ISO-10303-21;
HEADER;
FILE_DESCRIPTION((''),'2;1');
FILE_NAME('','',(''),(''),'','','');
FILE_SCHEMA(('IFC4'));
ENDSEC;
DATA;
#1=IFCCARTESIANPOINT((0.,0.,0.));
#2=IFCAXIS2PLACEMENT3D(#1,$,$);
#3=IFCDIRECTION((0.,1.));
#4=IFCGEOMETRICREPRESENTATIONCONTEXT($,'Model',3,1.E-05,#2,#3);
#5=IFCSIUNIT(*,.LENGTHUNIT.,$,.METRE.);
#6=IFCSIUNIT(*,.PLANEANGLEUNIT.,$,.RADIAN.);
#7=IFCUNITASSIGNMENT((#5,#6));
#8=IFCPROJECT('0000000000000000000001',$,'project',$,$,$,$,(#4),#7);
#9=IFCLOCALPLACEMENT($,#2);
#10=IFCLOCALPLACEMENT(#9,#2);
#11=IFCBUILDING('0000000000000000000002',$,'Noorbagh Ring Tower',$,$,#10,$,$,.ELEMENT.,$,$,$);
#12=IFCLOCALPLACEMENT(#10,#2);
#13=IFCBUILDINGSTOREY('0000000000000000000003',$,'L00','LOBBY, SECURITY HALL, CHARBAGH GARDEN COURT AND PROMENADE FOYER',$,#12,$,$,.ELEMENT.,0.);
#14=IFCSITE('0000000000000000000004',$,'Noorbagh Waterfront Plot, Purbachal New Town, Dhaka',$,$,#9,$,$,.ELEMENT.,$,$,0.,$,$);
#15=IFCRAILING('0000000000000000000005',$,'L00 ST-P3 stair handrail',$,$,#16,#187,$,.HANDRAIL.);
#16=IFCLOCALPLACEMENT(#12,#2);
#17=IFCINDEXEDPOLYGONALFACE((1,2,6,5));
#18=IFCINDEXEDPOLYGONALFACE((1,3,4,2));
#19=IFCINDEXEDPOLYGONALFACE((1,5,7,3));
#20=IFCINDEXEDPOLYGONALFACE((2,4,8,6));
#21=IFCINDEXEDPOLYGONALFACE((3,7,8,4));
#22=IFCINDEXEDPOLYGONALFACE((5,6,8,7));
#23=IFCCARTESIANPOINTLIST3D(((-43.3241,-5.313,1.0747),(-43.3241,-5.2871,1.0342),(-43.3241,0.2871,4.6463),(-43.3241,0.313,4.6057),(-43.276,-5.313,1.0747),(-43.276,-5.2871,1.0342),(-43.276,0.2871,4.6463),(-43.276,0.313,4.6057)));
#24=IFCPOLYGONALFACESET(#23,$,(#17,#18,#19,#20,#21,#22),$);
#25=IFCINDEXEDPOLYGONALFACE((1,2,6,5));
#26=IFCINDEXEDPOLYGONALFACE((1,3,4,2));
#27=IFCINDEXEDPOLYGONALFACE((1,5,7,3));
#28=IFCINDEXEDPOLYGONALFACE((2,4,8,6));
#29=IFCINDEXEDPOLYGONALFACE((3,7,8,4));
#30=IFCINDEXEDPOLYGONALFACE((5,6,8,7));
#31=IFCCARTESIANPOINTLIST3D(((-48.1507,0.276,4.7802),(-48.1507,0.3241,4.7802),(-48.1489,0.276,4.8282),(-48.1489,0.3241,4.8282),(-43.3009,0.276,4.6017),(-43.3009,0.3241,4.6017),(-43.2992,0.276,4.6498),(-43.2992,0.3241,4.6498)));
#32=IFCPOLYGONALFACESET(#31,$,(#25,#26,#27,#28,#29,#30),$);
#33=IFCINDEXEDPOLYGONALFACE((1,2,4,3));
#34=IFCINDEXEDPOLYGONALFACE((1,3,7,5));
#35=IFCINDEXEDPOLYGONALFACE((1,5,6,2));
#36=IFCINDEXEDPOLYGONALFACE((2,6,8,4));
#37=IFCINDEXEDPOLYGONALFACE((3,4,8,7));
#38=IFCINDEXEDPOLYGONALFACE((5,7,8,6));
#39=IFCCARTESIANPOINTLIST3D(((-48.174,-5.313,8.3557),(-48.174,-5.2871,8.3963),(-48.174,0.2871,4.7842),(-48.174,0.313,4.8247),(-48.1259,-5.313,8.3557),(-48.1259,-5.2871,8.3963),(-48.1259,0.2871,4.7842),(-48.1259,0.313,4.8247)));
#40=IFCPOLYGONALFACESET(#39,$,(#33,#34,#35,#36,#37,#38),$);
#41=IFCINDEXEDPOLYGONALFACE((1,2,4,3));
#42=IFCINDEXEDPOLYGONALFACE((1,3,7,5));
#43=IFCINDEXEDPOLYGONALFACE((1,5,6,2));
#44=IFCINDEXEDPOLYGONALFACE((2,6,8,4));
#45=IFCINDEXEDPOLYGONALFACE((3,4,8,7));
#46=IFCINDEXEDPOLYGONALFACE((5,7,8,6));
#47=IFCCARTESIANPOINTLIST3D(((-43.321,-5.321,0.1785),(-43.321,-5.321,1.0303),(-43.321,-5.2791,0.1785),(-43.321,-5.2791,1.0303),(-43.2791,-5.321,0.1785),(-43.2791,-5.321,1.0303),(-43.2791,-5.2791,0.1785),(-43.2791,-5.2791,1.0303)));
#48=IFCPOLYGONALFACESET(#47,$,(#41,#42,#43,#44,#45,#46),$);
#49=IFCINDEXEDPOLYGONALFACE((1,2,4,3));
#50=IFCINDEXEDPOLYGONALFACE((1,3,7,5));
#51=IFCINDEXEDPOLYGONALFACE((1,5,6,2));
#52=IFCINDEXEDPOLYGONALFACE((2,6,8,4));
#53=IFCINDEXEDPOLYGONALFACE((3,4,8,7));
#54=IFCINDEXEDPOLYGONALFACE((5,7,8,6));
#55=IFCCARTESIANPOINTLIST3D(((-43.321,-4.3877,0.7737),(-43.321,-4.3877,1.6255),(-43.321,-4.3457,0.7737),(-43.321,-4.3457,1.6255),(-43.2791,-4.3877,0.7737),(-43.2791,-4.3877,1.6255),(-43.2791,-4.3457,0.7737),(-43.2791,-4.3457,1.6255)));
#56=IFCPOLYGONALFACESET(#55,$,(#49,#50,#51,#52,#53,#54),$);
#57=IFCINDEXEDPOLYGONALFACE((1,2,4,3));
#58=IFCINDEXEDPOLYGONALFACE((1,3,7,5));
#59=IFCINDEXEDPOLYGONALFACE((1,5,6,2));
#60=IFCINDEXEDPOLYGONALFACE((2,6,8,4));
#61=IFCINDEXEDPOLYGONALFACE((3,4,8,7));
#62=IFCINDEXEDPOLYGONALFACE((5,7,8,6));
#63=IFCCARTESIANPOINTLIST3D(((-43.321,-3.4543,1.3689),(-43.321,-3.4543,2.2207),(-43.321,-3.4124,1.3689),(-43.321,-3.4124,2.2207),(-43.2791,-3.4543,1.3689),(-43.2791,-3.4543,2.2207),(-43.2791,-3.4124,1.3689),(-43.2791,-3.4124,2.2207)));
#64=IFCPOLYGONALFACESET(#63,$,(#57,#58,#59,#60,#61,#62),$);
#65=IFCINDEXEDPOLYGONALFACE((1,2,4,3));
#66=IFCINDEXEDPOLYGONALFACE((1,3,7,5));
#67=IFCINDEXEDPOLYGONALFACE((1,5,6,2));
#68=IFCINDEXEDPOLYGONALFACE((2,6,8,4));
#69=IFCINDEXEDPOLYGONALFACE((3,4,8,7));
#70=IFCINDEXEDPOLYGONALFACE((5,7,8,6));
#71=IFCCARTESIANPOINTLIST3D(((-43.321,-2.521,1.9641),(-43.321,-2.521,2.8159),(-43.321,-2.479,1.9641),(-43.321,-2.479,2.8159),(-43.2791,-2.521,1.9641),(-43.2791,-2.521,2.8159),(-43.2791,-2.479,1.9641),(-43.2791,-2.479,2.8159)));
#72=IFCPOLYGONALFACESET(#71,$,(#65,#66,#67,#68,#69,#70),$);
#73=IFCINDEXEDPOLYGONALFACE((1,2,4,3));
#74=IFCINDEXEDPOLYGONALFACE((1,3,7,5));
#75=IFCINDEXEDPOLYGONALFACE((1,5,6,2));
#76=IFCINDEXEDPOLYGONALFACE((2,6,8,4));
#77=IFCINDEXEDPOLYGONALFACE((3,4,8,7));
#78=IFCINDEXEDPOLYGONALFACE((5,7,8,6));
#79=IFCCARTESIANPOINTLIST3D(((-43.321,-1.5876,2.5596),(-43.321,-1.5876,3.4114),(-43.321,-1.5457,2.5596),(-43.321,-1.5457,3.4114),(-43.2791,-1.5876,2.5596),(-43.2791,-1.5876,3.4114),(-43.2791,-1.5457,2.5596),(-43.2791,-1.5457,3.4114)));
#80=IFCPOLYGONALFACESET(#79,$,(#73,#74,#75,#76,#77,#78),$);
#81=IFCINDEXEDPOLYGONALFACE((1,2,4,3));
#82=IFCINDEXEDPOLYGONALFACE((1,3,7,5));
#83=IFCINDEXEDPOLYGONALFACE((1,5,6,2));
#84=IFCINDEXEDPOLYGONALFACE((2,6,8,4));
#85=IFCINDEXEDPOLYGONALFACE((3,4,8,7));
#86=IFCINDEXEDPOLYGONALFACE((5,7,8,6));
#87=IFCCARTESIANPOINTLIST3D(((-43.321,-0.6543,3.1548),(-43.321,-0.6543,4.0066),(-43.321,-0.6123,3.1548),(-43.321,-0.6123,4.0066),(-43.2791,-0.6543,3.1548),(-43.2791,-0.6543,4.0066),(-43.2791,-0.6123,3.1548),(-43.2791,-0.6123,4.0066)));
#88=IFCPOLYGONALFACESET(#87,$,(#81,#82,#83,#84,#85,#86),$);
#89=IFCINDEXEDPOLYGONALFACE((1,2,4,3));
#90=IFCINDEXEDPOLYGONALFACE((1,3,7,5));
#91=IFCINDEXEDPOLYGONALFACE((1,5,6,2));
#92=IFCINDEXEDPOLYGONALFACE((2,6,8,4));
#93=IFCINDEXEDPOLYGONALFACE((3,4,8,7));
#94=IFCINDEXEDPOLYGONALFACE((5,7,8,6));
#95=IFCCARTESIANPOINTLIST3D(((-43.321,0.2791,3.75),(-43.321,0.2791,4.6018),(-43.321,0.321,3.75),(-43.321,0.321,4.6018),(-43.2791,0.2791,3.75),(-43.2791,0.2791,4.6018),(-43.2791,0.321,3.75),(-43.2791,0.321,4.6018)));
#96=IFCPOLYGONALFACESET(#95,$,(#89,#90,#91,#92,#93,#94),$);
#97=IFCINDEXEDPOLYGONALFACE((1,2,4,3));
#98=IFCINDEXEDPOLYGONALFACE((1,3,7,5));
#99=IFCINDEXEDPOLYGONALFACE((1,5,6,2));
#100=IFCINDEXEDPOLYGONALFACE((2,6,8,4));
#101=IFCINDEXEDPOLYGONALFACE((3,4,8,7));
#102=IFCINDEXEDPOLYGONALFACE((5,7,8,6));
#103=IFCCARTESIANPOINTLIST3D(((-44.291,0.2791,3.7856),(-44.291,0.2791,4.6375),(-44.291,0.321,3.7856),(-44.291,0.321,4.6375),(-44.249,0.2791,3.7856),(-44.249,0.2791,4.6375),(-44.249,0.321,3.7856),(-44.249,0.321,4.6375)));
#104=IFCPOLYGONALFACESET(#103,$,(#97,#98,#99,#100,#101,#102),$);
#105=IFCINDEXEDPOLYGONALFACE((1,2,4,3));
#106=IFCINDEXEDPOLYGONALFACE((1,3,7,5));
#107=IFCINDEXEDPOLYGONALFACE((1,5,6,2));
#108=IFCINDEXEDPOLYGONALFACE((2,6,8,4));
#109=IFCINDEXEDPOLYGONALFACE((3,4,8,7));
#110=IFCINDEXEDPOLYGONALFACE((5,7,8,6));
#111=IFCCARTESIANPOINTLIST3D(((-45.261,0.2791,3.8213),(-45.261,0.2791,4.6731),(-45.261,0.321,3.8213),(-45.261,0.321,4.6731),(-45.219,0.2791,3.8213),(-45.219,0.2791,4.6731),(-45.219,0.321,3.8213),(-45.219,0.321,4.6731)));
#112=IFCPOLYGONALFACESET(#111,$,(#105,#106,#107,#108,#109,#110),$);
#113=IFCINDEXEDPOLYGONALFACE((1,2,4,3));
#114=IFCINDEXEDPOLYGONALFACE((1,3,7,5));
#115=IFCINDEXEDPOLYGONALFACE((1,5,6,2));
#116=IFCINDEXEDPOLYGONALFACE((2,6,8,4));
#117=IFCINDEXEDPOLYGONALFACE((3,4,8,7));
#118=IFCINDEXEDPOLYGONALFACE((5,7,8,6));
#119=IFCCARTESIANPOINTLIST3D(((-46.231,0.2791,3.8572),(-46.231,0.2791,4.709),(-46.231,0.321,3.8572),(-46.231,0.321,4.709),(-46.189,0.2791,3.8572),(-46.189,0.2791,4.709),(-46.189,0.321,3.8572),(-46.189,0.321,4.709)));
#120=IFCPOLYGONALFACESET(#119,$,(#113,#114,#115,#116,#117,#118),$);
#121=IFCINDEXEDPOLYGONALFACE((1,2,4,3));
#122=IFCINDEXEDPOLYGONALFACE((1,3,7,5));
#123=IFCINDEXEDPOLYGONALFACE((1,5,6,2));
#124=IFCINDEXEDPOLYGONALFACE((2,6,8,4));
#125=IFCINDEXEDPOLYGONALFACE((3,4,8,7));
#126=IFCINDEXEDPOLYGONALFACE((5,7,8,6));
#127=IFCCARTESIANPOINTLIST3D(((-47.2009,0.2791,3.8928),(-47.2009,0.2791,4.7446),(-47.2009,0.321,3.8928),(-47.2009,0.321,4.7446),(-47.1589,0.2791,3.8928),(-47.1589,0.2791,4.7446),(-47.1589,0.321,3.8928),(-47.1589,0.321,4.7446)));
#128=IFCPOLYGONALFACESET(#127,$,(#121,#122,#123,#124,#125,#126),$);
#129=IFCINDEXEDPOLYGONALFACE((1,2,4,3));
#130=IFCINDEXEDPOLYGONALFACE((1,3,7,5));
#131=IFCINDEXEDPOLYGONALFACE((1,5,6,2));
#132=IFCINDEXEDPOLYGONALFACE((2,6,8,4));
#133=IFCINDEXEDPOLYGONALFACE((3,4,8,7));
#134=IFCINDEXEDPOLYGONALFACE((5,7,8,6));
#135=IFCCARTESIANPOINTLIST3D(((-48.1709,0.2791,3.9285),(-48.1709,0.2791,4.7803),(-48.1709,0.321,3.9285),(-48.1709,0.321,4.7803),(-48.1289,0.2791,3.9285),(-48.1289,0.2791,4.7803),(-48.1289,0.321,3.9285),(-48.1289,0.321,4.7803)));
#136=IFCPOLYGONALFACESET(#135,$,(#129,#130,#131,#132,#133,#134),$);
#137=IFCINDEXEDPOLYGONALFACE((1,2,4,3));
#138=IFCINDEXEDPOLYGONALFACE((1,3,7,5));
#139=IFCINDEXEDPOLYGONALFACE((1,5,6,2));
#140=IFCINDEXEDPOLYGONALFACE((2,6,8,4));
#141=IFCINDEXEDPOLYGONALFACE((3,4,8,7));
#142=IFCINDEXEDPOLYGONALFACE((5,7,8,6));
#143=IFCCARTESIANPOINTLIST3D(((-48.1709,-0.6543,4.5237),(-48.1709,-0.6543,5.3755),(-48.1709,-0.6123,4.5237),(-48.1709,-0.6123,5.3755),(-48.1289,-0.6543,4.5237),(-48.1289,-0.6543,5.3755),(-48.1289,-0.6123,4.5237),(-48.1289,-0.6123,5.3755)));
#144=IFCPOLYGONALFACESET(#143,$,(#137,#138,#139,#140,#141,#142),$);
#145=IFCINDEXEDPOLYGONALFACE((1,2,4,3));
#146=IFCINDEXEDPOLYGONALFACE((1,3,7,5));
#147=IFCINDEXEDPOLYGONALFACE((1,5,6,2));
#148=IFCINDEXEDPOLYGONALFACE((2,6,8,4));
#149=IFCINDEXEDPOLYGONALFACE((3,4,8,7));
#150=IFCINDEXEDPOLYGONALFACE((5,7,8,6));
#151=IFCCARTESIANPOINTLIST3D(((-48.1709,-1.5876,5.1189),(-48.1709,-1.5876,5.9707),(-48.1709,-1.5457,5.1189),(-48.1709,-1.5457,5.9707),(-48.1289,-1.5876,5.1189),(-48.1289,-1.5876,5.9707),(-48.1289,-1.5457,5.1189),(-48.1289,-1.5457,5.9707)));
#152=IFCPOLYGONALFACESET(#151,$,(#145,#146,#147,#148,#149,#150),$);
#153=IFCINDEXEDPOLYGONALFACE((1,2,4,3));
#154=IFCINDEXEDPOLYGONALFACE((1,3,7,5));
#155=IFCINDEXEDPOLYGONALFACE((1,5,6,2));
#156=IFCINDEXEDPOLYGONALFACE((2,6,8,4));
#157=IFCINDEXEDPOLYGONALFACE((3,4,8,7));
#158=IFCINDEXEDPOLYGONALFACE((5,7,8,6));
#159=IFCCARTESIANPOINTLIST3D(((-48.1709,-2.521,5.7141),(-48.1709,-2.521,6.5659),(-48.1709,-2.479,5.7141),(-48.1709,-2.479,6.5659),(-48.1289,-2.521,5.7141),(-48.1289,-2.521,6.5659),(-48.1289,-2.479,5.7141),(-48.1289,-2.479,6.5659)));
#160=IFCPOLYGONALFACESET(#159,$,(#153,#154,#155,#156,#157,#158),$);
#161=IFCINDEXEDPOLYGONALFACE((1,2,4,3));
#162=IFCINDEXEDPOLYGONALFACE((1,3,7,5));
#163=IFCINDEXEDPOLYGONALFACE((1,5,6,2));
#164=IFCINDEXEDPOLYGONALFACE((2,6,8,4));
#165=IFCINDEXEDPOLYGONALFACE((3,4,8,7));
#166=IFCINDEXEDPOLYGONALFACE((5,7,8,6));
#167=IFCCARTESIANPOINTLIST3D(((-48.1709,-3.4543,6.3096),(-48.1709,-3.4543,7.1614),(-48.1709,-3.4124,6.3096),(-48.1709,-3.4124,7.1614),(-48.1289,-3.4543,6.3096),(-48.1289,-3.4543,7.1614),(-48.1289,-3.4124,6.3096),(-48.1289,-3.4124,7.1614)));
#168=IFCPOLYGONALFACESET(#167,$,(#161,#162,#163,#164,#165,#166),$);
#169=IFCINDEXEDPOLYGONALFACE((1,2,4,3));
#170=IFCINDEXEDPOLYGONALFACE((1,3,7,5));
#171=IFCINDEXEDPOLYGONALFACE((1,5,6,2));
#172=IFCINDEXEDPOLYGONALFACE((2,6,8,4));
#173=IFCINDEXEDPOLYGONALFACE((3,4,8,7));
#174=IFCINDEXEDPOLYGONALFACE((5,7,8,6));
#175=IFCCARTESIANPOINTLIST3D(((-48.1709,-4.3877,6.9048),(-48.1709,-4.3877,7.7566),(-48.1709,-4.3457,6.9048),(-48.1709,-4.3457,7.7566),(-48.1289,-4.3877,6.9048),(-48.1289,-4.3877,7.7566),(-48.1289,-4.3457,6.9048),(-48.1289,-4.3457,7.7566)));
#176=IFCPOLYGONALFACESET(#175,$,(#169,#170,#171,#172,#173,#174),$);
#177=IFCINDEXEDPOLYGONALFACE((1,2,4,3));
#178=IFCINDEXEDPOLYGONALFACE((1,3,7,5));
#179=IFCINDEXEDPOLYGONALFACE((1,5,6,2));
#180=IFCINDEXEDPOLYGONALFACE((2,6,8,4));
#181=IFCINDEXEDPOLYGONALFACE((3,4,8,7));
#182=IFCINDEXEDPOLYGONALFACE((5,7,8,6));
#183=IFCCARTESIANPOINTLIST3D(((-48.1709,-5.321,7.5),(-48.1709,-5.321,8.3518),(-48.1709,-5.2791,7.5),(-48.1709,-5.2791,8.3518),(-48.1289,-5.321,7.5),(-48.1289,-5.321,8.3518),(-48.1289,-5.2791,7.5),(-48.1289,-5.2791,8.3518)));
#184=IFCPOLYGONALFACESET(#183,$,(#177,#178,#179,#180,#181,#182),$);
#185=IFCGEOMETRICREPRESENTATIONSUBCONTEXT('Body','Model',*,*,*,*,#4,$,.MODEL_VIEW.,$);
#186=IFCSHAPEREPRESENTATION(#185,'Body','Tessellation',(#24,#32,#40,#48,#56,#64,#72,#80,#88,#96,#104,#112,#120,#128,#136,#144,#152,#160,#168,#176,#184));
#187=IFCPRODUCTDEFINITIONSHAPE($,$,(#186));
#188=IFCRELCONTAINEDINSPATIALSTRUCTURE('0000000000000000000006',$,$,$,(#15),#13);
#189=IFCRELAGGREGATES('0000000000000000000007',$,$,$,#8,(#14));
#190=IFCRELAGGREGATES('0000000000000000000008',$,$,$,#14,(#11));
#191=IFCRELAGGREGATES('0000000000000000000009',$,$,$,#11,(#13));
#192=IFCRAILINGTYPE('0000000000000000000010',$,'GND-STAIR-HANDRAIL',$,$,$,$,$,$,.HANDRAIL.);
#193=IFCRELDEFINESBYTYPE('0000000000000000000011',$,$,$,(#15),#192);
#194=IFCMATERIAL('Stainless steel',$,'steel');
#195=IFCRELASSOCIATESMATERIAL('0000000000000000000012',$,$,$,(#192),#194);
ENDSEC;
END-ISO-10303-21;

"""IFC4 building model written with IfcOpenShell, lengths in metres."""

from ifc_helpers import new_model, si_unit, direction, frame, origin, origin_2d, place, context, subcontext, project, spatial, rectangle, extrude, material, type_object, element, save


model = new_model("IFC4")

# Units and contexts
model_context = context("Model", 3, precision=1e-05, world=origin(), true_north=direction((0.0, 1.0)))
body_context = subcontext(model_context, "Body", "Model", "MODEL_VIEW")
ifc_project = project(units=[si_unit("LENGTHUNIT", "METRE"), si_unit("PLANEANGLEUNIT", "RADIAN")], contexts=[model_context])

# Site, building, storey
site_placement = place(None, origin())
site = spatial("IfcSite", under=ifc_project, at=site_placement, Name="Noorbagh Waterfront Plot, Purbachal New Town, Dhaka", CompositionType="ELEMENT", RefElevation=0.0)
building_placement = place(site_placement, origin())
building = spatial("IfcBuilding", under=site, at=building_placement, Name="Noorbagh Ring Tower", CompositionType="ELEMENT")
storey_placement = place(building_placement, origin())
storey = spatial("IfcBuildingStorey", under=building, at=storey_placement, Name="L00", Description="LOBBY, SECURITY HALL, CHARBAGH GARDEN COURT AND PROMENADE FOYER", CompositionType="ELEMENT", Elevation=0.0)

# Railing
ifc_material_1 = material(Name="Stainless steel", Category="steel")
railing_type_1 = type_object("IfcRailingType", Name="GND-STAIR-HANDRAIL", PredefinedType="HANDRAIL", material=ifc_material_1)
railing_1_placement = place(storey_placement, frame((-43.3, -5.3, 0.1785)))
element("IfcRailing", 1, at=railing_1_placement, inside=storey, type_object=railing_type_1, Name="L00 ST-P3 stair handrail", PredefinedType="HANDRAIL", context=body_context, shape_type="SweptSolid", body=[
    extrude(rectangle(XDim=0.0481, YDim=0.0481, at=origin_2d()), frame((0.0, 0.0, 0.876), z_axis=(0.0, 0.843127, 0.537715), x_axis=(-1.0, 0.0, 0.0)), (0.0, 0.0, 1.0), 6.6421),
    extrude(rectangle(XDim=0.0481, YDim=0.0481, at=origin_2d()), frame((0.0, 5.6001, 4.4473), z_axis=(-0.999324, 0.0, 0.036773), x_axis=(0.0, -1.0, 0.0)), (0.0, 0.0, 1.0), 4.853),
    extrude(rectangle(XDim=0.0481, YDim=0.0481, at=origin_2d()), frame((-4.8499, 5.6001, 4.626), z_axis=(0.0, -0.843127, 0.537715), x_axis=(1.0, 0.0, 0.0)), (0.0, 0.0, 1.0), 6.6421),
    extrude(rectangle(XDim=0.042, YDim=0.042, at=origin_2d()), origin(), (0.0, 0.0, 1.0), 0.8518),
    extrude(rectangle(XDim=0.042, YDim=0.042, at=origin_2d()), frame((0.0, 0.9333, 0.5952)), (0.0, 0.0, 1.0), 0.8518),
    extrude(rectangle(XDim=0.042, YDim=0.042, at=origin_2d()), frame((0.0, 1.8667, 1.1904)), (0.0, 0.0, 1.0), 0.8518),
    extrude(rectangle(XDim=0.042, YDim=0.042, at=origin_2d()), frame((0.0, 2.8, 1.7856)), (0.0, 0.0, 1.0), 0.8518),
    extrude(rectangle(XDim=0.042, YDim=0.042, at=origin_2d()), frame((0.0, 3.7334, 2.3811)), (0.0, 0.0, 1.0), 0.8518),
    extrude(rectangle(XDim=0.042, YDim=0.042, at=origin_2d()), frame((0.0, 4.6667, 2.9763)), (0.0, 0.0, 1.0), 0.8518),
    extrude(rectangle(XDim=0.042, YDim=0.042, at=origin_2d()), frame((0.0, 5.6001, 3.5715)), (0.0, 0.0, 1.0), 0.8518),
    extrude(rectangle(XDim=0.042, YDim=0.042, at=origin_2d()), frame((-0.97, 5.6001, 3.6072)), (0.0, 0.0, 1.0), 0.8518),
    extrude(rectangle(XDim=0.042, YDim=0.042, at=origin_2d()), frame((-1.9399, 5.6001, 3.6428)), (0.0, 0.0, 1.0), 0.8518),
    extrude(rectangle(XDim=0.042, YDim=0.042, at=origin_2d()), frame((-2.9099, 5.6001, 3.6787)), (0.0, 0.0, 1.0), 0.8518),
    extrude(rectangle(XDim=0.042, YDim=0.042, at=origin_2d()), frame((-3.8799, 5.6001, 3.7144)), (0.0, 0.0, 1.0), 0.8518),
    extrude(rectangle(XDim=0.042, YDim=0.042, at=origin_2d()), frame((-4.8499, 5.6001, 3.75)), (0.0, 0.0, 1.0), 0.8518),
    extrude(rectangle(XDim=0.042, YDim=0.042, at=origin_2d()), frame((-4.8499, 4.6667, 4.3452)), (0.0, 0.0, 1.0), 0.8518),
    extrude(rectangle(XDim=0.042, YDim=0.042, at=origin_2d()), frame((-4.8499, 3.7334, 4.9404)), (0.0, 0.0, 1.0), 0.8518),
    extrude(rectangle(XDim=0.042, YDim=0.042, at=origin_2d()), frame((-4.8499, 2.8, 5.5356)), (0.0, 0.0, 1.0), 0.8518),
    extrude(rectangle(XDim=0.042, YDim=0.042, at=origin_2d()), frame((-4.8499, 1.8667, 6.1311)), (0.0, 0.0, 1.0), 0.8518),
    extrude(rectangle(XDim=0.042, YDim=0.042, at=origin_2d()), frame((-4.8499, 0.9333, 6.7263)), (0.0, 0.0, 1.0), 0.8518),
    extrude(rectangle(XDim=0.042, YDim=0.042, at=origin_2d()), frame((-4.8499, 0.0, 7.3215)), (0.0, 0.0, 1.0), 0.8518),
])

save(model, "model.ifc")
